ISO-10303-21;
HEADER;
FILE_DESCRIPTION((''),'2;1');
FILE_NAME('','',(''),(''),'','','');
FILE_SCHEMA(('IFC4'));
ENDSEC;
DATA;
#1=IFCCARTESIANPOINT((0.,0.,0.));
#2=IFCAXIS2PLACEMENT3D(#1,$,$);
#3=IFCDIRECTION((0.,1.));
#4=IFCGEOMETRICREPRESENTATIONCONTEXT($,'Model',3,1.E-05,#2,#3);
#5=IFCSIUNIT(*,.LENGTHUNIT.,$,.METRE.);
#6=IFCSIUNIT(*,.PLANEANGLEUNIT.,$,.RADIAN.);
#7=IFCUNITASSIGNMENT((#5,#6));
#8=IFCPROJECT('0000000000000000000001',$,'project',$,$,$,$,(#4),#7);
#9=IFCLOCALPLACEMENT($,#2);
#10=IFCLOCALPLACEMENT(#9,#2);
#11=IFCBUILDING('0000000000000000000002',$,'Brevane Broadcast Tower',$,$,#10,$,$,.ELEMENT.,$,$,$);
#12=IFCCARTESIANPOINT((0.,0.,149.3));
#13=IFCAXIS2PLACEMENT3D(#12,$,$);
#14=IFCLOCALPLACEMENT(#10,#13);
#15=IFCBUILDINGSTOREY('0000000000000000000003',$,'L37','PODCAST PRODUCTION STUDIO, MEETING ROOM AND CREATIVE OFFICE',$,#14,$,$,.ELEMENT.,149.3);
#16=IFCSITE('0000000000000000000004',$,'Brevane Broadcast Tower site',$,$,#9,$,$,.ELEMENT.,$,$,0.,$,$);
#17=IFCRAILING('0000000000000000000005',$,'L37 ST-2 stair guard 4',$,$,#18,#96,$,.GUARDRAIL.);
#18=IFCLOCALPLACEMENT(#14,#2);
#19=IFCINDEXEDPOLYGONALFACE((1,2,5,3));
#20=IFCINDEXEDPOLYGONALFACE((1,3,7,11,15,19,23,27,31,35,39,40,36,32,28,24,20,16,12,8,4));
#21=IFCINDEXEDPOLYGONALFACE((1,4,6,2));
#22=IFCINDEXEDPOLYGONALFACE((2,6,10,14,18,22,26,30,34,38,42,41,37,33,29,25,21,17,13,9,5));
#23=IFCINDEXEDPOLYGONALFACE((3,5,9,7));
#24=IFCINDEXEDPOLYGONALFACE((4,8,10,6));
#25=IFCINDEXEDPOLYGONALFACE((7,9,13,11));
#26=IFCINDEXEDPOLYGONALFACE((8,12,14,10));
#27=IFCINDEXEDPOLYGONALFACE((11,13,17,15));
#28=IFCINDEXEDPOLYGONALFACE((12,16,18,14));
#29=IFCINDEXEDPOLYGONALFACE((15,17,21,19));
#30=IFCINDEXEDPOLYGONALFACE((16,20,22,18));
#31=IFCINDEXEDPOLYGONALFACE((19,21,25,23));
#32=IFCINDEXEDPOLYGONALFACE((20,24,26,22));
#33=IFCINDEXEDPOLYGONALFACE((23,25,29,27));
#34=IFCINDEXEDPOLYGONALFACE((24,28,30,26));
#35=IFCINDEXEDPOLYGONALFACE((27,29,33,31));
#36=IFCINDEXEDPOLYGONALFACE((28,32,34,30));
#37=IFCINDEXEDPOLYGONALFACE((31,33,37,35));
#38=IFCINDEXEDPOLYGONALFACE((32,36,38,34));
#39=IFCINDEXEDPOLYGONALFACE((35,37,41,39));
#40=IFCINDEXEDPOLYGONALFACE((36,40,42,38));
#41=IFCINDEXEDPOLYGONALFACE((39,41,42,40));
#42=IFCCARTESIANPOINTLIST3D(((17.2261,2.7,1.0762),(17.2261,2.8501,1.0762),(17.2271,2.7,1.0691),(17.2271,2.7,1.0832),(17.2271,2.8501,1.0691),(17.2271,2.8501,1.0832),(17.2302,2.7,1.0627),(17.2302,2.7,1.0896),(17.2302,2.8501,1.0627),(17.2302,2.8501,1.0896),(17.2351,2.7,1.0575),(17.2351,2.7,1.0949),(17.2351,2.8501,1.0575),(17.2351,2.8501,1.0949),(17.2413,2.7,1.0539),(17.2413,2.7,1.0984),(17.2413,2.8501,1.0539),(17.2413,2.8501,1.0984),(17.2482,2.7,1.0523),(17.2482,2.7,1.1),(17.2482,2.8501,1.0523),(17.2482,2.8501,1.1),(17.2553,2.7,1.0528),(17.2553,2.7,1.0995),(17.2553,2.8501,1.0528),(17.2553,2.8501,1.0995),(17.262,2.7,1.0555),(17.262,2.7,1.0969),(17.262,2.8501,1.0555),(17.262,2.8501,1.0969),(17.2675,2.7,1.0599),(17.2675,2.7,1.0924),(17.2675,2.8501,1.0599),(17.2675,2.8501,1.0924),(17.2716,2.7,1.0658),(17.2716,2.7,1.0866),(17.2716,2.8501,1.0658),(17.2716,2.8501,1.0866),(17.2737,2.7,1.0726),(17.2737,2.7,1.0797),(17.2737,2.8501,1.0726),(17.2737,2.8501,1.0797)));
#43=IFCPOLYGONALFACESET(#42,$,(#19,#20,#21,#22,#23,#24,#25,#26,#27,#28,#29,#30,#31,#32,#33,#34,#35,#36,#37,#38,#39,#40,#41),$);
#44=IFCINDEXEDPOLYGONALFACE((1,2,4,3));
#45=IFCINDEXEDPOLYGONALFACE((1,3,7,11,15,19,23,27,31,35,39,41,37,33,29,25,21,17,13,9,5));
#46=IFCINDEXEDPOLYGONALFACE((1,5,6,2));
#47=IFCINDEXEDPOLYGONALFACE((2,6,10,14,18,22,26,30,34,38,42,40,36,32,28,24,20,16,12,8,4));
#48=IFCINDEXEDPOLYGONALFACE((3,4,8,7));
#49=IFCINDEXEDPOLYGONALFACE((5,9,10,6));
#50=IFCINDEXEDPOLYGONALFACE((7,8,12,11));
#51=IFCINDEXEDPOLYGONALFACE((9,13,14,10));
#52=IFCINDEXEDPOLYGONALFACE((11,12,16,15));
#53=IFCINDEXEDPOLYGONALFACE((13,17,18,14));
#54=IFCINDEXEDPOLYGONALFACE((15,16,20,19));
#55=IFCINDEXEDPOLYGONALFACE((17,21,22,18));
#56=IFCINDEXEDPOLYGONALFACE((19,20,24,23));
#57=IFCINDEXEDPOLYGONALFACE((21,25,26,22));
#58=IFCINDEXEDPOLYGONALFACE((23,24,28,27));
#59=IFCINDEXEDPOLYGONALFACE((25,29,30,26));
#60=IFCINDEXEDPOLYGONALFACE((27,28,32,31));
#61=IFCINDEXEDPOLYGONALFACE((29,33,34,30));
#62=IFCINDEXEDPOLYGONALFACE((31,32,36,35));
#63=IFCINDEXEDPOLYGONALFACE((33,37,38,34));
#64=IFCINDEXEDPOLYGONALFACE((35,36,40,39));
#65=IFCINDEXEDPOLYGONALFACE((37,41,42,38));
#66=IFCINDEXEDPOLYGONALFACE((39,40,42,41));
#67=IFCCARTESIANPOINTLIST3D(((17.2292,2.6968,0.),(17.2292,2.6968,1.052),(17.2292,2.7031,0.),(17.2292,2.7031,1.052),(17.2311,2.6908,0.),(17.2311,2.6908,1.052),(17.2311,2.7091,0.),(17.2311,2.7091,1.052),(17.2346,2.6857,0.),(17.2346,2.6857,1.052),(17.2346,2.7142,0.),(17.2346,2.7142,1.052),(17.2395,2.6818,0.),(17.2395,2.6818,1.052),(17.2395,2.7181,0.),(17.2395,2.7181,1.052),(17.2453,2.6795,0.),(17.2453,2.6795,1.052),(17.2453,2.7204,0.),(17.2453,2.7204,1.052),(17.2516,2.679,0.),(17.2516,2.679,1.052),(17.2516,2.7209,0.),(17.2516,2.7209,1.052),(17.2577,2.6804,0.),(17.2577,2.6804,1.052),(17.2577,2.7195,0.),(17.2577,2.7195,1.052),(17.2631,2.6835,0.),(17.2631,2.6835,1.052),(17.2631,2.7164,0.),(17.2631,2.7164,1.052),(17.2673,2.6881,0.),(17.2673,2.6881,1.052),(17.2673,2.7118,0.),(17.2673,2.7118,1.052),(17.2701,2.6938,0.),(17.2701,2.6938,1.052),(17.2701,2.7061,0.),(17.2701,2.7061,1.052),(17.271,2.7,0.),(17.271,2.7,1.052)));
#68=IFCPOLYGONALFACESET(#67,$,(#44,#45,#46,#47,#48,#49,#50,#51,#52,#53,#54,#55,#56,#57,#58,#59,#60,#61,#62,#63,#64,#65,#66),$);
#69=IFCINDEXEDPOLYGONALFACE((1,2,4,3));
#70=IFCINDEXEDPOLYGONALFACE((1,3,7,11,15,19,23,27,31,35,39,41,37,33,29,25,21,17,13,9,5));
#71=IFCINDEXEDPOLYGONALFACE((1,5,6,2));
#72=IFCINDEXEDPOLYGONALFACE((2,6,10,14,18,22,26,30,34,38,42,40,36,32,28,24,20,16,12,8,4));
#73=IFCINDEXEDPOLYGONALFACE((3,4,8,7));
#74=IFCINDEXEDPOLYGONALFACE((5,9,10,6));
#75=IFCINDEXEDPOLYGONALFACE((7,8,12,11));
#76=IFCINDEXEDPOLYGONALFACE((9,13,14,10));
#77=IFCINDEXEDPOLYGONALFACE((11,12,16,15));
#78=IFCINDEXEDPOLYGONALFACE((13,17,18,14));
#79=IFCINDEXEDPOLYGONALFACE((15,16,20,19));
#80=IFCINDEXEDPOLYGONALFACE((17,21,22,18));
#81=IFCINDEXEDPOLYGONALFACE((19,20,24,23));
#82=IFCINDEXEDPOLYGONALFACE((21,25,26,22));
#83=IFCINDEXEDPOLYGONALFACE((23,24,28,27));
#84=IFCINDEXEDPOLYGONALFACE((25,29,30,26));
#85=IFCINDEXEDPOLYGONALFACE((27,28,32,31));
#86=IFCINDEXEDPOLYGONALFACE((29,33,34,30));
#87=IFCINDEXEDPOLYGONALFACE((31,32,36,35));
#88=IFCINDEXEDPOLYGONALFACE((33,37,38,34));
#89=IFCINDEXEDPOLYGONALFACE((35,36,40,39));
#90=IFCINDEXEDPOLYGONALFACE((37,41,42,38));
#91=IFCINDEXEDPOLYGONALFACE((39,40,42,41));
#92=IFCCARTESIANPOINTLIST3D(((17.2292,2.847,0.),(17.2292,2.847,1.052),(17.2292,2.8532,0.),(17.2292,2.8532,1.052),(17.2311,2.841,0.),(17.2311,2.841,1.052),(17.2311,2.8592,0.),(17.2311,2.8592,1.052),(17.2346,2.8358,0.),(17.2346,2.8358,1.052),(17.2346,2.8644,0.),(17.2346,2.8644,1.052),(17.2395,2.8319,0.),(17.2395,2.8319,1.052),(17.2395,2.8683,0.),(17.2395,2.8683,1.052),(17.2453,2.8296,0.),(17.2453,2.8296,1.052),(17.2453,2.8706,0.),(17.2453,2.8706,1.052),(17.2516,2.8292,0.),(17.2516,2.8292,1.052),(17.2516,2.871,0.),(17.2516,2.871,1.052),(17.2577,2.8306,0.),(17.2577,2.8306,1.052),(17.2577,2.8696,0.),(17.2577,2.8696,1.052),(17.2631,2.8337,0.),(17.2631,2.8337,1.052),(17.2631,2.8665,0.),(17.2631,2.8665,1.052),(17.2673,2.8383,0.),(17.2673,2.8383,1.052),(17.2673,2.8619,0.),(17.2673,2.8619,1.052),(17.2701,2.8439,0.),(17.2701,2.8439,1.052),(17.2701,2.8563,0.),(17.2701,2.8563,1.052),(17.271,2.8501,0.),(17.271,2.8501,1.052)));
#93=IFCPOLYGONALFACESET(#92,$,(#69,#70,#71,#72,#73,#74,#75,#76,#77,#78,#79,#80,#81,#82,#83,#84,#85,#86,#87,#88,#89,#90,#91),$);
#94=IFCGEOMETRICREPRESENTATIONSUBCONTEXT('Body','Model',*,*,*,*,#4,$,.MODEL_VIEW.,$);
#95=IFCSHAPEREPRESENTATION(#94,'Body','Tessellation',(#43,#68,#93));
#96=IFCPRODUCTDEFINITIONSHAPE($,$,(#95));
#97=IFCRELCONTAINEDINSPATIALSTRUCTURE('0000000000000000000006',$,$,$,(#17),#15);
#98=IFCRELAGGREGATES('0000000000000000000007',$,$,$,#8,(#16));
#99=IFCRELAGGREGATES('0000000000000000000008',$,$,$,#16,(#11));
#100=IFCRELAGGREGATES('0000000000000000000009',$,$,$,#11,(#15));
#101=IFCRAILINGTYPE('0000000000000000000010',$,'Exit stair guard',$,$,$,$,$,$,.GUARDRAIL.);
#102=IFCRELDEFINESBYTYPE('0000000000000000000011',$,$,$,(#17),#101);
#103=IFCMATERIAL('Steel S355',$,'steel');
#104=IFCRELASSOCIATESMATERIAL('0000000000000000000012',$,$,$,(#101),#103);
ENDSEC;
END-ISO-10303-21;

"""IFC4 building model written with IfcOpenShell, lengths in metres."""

from ifc_helpers import new_model, si_unit, direction, frame, origin, origin_2d, place, context, subcontext, project, spatial, circle, extrude, material, type_object, element, save


model = new_model("IFC4")

# Units and contexts
model_context = context("Model", 3, precision=1e-05, world=origin(), true_north=direction((0.0, 1.0)))
body_context = subcontext(model_context, "Body", "Model", "MODEL_VIEW")
ifc_project = project(units=[si_unit("LENGTHUNIT", "METRE"), si_unit("PLANEANGLEUNIT", "RADIAN")], contexts=[model_context])

# Site, building, storey
site_placement = place(None, origin())
site = spatial("IfcSite", under=ifc_project, at=site_placement, Name="Brevane Broadcast Tower site", CompositionType="ELEMENT", RefElevation=0.0)
building_placement = place(site_placement, origin())
building = spatial("IfcBuilding", under=site, at=building_placement, Name="Brevane Broadcast Tower", CompositionType="ELEMENT")
storey_placement = place(building_placement, frame((0.0, 0.0, 149.3)))
storey = spatial("IfcBuildingStorey", under=building, at=storey_placement, Name="L37", Description="PODCAST PRODUCTION STUDIO, MEETING ROOM AND CREATIVE OFFICE", CompositionType="ELEMENT", Elevation=149.3)

# Railing
ifc_material_1 = material(Name="Steel S355", Category="steel")
railing_type_1 = type_object("IfcRailingType", Name="Exit stair guard", PredefinedType="GUARDRAIL", material=ifc_material_1)
railing_1_placement = place(storey_placement, frame((17.25, 2.7, 0.0)))
element("IfcRailing", 1, at=railing_1_placement, inside=storey, type_object=railing_type_1, Name="L37 ST-2 stair guard 4", PredefinedType="GUARDRAIL", context=body_context, shape_type="SweptSolid", body=[
    extrude(circle(Radius=0.0239, at=origin_2d()), frame((0.0, 0.0, 1.0762), z_axis=(0.0, 1.0, 0.0), x_axis=(-1.0, 0.0, 0.0)), (0.0, 0.0, 1.0), 0.1501),
    extrude(circle(Radius=0.021, at=origin_2d()), origin(), (0.0, 0.0, 1.0), 1.052),
    extrude(circle(Radius=0.021, at=origin_2d()), frame((0.0, 0.1501, 0.0)), (0.0, 0.0, 1.0), 1.052),
])

save(model, "model.ifc")
